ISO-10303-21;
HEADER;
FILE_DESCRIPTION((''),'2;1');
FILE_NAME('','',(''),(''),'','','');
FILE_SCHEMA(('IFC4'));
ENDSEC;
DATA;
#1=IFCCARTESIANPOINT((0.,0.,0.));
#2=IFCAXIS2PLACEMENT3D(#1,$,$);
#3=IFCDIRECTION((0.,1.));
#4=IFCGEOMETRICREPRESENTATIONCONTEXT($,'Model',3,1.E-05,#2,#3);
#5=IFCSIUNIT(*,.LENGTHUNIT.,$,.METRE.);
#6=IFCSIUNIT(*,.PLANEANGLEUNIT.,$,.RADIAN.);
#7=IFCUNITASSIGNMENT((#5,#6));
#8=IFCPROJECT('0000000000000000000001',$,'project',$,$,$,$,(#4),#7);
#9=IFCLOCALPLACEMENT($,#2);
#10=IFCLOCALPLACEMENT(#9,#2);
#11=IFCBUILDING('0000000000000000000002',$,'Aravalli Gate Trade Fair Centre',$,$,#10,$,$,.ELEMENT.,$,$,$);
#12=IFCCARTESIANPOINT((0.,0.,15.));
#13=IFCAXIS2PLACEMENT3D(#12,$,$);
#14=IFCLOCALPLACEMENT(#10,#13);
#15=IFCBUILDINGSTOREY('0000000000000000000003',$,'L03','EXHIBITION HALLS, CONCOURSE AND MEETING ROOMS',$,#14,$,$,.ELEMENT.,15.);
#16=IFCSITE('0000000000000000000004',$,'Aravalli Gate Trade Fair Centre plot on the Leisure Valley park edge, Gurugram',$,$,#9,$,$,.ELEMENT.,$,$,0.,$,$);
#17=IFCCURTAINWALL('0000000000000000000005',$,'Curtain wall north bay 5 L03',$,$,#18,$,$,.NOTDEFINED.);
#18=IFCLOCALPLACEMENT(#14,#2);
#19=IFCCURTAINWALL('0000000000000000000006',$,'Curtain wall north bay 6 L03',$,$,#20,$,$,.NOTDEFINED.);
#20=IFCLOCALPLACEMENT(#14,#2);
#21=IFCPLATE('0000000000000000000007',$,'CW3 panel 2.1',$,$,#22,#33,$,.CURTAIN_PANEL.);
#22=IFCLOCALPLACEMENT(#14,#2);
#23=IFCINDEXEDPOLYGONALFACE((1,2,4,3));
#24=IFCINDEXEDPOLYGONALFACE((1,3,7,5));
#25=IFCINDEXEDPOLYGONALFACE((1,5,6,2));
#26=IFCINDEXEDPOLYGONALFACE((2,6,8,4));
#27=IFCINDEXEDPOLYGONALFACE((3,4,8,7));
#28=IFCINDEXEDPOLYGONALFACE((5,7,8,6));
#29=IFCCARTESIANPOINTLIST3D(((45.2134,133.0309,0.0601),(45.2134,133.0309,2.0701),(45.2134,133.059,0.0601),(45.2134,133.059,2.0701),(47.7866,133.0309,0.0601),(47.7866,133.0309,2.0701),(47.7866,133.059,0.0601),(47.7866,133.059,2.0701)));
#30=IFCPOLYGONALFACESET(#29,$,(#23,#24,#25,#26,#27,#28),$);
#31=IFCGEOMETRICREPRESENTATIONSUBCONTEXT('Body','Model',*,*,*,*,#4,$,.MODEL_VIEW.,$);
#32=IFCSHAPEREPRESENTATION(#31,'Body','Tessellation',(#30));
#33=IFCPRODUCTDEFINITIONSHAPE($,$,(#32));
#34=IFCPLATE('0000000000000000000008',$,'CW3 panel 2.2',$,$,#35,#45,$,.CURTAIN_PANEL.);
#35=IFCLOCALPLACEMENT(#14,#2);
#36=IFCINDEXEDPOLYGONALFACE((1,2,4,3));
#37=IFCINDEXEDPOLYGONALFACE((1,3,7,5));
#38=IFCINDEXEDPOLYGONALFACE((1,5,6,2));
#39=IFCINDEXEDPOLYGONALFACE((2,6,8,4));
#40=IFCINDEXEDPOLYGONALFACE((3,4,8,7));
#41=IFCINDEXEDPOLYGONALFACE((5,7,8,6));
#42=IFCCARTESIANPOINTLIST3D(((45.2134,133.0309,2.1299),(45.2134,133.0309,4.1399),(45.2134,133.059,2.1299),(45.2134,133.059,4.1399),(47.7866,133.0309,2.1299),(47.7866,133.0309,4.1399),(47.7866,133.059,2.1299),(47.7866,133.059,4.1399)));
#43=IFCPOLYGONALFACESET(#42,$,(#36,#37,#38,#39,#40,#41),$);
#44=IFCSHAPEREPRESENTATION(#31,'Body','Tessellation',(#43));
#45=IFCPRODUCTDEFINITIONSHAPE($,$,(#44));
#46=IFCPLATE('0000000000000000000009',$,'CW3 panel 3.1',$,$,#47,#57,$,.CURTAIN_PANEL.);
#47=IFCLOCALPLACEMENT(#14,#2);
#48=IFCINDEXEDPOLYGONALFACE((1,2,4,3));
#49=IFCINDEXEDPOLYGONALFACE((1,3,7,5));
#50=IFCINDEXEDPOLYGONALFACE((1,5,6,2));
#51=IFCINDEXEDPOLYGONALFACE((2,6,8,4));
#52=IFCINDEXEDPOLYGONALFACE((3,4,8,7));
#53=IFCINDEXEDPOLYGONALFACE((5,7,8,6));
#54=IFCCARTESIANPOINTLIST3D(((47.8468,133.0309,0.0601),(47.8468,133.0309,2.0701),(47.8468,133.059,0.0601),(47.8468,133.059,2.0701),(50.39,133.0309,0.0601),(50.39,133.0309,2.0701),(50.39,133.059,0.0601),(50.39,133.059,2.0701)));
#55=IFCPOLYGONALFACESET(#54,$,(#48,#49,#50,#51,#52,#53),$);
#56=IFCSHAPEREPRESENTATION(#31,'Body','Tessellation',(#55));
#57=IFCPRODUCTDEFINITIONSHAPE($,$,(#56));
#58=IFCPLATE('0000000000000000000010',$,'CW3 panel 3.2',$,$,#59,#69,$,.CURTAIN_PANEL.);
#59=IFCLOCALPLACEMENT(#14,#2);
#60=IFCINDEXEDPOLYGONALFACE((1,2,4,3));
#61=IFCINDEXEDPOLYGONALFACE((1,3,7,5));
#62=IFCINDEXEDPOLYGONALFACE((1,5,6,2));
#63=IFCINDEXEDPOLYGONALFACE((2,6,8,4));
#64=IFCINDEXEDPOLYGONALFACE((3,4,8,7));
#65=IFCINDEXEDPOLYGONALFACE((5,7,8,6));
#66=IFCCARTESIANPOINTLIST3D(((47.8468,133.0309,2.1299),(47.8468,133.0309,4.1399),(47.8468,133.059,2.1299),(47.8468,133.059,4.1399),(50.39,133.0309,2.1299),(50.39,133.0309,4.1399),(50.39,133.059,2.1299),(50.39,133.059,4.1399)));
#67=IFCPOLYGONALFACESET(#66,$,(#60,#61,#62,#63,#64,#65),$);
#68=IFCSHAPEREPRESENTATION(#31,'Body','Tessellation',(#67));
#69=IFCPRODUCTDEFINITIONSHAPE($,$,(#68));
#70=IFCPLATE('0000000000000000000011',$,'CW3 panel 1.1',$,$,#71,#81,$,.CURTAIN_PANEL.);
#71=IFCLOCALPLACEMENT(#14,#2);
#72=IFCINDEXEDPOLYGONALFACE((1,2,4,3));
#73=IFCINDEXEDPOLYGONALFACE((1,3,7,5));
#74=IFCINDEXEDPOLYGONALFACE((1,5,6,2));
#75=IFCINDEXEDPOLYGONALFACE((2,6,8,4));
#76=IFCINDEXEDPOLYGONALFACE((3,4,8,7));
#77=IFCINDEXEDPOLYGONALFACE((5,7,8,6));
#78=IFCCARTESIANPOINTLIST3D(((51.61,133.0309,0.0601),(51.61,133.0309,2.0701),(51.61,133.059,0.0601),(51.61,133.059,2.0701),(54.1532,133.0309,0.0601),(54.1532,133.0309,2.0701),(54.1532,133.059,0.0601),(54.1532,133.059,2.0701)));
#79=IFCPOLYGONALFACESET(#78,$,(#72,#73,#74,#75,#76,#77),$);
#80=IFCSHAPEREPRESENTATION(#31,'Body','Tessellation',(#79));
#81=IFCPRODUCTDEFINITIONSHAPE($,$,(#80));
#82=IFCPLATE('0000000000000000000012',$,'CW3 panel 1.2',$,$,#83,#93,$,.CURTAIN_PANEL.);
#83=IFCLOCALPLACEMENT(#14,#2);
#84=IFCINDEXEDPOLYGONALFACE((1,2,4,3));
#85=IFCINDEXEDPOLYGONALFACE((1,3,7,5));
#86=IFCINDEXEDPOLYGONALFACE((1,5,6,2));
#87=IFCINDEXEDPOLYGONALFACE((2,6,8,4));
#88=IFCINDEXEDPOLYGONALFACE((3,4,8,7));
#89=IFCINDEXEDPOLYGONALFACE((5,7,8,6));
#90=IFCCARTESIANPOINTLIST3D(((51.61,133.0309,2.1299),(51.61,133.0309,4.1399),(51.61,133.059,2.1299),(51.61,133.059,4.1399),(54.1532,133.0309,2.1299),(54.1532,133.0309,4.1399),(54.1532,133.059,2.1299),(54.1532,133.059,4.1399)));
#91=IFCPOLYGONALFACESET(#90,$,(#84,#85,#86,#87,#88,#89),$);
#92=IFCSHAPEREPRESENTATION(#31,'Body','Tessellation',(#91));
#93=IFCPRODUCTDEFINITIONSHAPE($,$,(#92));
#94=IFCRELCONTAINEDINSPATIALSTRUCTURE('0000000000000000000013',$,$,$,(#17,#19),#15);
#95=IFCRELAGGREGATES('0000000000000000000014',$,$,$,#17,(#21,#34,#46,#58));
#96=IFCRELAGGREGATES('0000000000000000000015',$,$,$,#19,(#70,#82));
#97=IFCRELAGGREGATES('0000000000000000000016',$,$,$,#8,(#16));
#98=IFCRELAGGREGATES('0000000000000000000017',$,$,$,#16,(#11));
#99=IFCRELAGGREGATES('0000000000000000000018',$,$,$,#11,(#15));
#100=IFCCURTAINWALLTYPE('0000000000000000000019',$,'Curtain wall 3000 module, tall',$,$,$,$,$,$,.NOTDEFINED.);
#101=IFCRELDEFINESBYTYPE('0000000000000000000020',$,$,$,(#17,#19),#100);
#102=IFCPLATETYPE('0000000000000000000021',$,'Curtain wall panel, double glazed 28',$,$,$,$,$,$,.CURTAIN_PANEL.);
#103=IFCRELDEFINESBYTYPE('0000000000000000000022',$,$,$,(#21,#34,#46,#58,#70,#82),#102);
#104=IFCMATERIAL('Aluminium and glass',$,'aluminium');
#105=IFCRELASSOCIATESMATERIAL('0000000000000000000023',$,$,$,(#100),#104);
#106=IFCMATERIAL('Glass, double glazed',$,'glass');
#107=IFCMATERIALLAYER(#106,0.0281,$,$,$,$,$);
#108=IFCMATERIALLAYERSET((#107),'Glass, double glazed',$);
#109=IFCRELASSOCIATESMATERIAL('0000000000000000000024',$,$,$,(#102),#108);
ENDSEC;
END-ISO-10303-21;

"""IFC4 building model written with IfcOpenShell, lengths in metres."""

from ifc_helpers import new_model, si_unit, direction, frame, origin, origin_2d, place, context, subcontext, project, spatial, rectangle, extrude, material, layer, layer_set, type_object, element, aggregate, save


model = new_model("IFC4")

# Units and contexts
model_context = context("Model", 3, precision=1e-05, world=origin(), true_north=direction((0.0, 1.0)))
body_context = subcontext(model_context, "Body", "Model", "MODEL_VIEW")
ifc_project = project(units=[si_unit("LENGTHUNIT", "METRE"), si_unit("PLANEANGLEUNIT", "RADIAN")], contexts=[model_context])

# Site, building, storey
site_placement = place(None, origin())
site = spatial("IfcSite", under=ifc_project, at=site_placement, Name="Aravalli Gate Trade Fair Centre plot on the Leisure Valley park edge, Gurugram", CompositionType="ELEMENT", RefElevation=0.0)
building_placement = place(site_placement, origin())
building = spatial("IfcBuilding", under=site, at=building_placement, Name="Aravalli Gate Trade Fair Centre", CompositionType="ELEMENT")
storey_placement = place(building_placement, frame((0.0, 0.0, 15.0)))
storey = spatial("IfcBuildingStorey", under=building, at=storey_placement, Name="L03", Description="EXHIBITION HALLS, CONCOURSE AND MEETING ROOMS", CompositionType="ELEMENT", Elevation=15.0)

# Curtain walls
ifc_material_1 = material(Name="Aluminium and glass", Category="aluminium")
curtain_wall_type = type_object("IfcCurtainWallType", Name="Curtain wall 3000 module, tall", PredefinedType="NOTDEFINED", material=ifc_material_1)
curtain_wall_1_placement = place(storey_placement, origin())
curtain_wall_1 = element("IfcCurtainWall", 1, at=curtain_wall_1_placement, inside=storey, type_object=curtain_wall_type, Name="Curtain wall north bay 5 L03", PredefinedType="NOTDEFINED")
curtain_wall_2_placement = place(storey_placement, origin())
curtain_wall_2 = element("IfcCurtainWall", 2, at=curtain_wall_2_placement, inside=storey, type_object=curtain_wall_type, Name="Curtain wall north bay 6 L03", PredefinedType="NOTDEFINED")

# Plates
ifc_material_2 = material(Name="Glass, double glazed", Category="glass")
ifc_layer = layer(ifc_material_2, 0.0281)
ifc_layer_set = layer_set([ifc_layer], Name="Glass, double glazed")
plate_type = type_object("IfcPlateType", Name="Curtain wall panel, double glazed 28", PredefinedType="CURTAIN_PANEL", material=ifc_layer_set)
plate_1_placement = place(storey_placement, frame((46.5, 133.0449, 0.0601), z_axis=(0.0, 0.0, 1.0), x_axis=(1.0, 0.0, 0.0)))
plate_1 = element("IfcPlate", 3, at=plate_1_placement, type_object=plate_type, Name="CW3 panel 2.1", PredefinedType="CURTAIN_PANEL", context=body_context, shape_type="SweptSolid", body=[
    extrude(rectangle(XDim=2.5732, YDim=0.0281, at=origin_2d()), origin(), (0.0, 0.0, 1.0), 2.01),
])
plate_2_placement = place(storey_placement, frame((46.5, 133.0449, 2.1299), z_axis=(0.0, 0.0, 1.0), x_axis=(1.0, 0.0, 0.0)))
plate_2 = element("IfcPlate", 4, at=plate_2_placement, type_object=plate_type, Name="CW3 panel 2.2", PredefinedType="CURTAIN_PANEL", context=body_context, shape_type="SweptSolid", body=[
    extrude(rectangle(XDim=2.5732, YDim=0.0281, at=origin_2d()), origin(), (0.0, 0.0, 1.0), 2.01),
])
plate_3_placement = place(storey_placement, frame((49.1184, 133.0449, 0.0601), z_axis=(0.0, 0.0, 1.0), x_axis=(1.0, 0.0, 0.0)))
plate_3 = element("IfcPlate", 5, at=plate_3_placement, type_object=plate_type, Name="CW3 panel 3.1", PredefinedType="CURTAIN_PANEL", context=body_context, shape_type="SweptSolid", body=[
    extrude(rectangle(XDim=2.5432, YDim=0.0281, at=origin_2d()), origin(), (0.0, 0.0, 1.0), 2.01),
])
plate_4_placement = place(storey_placement, frame((49.1184, 133.0449, 2.1299), z_axis=(0.0, 0.0, 1.0), x_axis=(1.0, 0.0, 0.0)))
plate_4 = element("IfcPlate", 6, at=plate_4_placement, type_object=plate_type, Name="CW3 panel 3.2", PredefinedType="CURTAIN_PANEL", context=body_context, shape_type="SweptSolid", body=[
    extrude(rectangle(XDim=2.5432, YDim=0.0281, at=origin_2d()), origin(), (0.0, 0.0, 1.0), 2.01),
])
aggregate(curtain_wall_1, [plate_1, plate_2, plate_3, plate_4])
plate_5_placement = place(storey_placement, frame((52.8816, 133.0449, 0.0601), z_axis=(0.0, 0.0, 1.0), x_axis=(1.0, 0.0, 0.0)))
plate_5 = element("IfcPlate", 7, at=plate_5_placement, type_object=plate_type, Name="CW3 panel 1.1", PredefinedType="CURTAIN_PANEL", context=body_context, shape_type="SweptSolid", body=[
    extrude(rectangle(XDim=2.5432, YDim=0.0281, at=origin_2d()), origin(), (0.0, 0.0, 1.0), 2.01),
])
plate_6_placement = place(storey_placement, frame((52.8816, 133.0449, 2.1299), z_axis=(0.0, 0.0, 1.0), x_axis=(1.0, 0.0, 0.0)))
plate_6 = element("IfcPlate", 8, at=plate_6_placement, type_object=plate_type, Name="CW3 panel 1.2", PredefinedType="CURTAIN_PANEL", context=body_context, shape_type="SweptSolid", body=[
    extrude(rectangle(XDim=2.5432, YDim=0.0281, at=origin_2d()), origin(), (0.0, 0.0, 1.0), 2.01),
])
aggregate(curtain_wall_2, [plate_5, plate_6])

save(model, "model.ifc")
